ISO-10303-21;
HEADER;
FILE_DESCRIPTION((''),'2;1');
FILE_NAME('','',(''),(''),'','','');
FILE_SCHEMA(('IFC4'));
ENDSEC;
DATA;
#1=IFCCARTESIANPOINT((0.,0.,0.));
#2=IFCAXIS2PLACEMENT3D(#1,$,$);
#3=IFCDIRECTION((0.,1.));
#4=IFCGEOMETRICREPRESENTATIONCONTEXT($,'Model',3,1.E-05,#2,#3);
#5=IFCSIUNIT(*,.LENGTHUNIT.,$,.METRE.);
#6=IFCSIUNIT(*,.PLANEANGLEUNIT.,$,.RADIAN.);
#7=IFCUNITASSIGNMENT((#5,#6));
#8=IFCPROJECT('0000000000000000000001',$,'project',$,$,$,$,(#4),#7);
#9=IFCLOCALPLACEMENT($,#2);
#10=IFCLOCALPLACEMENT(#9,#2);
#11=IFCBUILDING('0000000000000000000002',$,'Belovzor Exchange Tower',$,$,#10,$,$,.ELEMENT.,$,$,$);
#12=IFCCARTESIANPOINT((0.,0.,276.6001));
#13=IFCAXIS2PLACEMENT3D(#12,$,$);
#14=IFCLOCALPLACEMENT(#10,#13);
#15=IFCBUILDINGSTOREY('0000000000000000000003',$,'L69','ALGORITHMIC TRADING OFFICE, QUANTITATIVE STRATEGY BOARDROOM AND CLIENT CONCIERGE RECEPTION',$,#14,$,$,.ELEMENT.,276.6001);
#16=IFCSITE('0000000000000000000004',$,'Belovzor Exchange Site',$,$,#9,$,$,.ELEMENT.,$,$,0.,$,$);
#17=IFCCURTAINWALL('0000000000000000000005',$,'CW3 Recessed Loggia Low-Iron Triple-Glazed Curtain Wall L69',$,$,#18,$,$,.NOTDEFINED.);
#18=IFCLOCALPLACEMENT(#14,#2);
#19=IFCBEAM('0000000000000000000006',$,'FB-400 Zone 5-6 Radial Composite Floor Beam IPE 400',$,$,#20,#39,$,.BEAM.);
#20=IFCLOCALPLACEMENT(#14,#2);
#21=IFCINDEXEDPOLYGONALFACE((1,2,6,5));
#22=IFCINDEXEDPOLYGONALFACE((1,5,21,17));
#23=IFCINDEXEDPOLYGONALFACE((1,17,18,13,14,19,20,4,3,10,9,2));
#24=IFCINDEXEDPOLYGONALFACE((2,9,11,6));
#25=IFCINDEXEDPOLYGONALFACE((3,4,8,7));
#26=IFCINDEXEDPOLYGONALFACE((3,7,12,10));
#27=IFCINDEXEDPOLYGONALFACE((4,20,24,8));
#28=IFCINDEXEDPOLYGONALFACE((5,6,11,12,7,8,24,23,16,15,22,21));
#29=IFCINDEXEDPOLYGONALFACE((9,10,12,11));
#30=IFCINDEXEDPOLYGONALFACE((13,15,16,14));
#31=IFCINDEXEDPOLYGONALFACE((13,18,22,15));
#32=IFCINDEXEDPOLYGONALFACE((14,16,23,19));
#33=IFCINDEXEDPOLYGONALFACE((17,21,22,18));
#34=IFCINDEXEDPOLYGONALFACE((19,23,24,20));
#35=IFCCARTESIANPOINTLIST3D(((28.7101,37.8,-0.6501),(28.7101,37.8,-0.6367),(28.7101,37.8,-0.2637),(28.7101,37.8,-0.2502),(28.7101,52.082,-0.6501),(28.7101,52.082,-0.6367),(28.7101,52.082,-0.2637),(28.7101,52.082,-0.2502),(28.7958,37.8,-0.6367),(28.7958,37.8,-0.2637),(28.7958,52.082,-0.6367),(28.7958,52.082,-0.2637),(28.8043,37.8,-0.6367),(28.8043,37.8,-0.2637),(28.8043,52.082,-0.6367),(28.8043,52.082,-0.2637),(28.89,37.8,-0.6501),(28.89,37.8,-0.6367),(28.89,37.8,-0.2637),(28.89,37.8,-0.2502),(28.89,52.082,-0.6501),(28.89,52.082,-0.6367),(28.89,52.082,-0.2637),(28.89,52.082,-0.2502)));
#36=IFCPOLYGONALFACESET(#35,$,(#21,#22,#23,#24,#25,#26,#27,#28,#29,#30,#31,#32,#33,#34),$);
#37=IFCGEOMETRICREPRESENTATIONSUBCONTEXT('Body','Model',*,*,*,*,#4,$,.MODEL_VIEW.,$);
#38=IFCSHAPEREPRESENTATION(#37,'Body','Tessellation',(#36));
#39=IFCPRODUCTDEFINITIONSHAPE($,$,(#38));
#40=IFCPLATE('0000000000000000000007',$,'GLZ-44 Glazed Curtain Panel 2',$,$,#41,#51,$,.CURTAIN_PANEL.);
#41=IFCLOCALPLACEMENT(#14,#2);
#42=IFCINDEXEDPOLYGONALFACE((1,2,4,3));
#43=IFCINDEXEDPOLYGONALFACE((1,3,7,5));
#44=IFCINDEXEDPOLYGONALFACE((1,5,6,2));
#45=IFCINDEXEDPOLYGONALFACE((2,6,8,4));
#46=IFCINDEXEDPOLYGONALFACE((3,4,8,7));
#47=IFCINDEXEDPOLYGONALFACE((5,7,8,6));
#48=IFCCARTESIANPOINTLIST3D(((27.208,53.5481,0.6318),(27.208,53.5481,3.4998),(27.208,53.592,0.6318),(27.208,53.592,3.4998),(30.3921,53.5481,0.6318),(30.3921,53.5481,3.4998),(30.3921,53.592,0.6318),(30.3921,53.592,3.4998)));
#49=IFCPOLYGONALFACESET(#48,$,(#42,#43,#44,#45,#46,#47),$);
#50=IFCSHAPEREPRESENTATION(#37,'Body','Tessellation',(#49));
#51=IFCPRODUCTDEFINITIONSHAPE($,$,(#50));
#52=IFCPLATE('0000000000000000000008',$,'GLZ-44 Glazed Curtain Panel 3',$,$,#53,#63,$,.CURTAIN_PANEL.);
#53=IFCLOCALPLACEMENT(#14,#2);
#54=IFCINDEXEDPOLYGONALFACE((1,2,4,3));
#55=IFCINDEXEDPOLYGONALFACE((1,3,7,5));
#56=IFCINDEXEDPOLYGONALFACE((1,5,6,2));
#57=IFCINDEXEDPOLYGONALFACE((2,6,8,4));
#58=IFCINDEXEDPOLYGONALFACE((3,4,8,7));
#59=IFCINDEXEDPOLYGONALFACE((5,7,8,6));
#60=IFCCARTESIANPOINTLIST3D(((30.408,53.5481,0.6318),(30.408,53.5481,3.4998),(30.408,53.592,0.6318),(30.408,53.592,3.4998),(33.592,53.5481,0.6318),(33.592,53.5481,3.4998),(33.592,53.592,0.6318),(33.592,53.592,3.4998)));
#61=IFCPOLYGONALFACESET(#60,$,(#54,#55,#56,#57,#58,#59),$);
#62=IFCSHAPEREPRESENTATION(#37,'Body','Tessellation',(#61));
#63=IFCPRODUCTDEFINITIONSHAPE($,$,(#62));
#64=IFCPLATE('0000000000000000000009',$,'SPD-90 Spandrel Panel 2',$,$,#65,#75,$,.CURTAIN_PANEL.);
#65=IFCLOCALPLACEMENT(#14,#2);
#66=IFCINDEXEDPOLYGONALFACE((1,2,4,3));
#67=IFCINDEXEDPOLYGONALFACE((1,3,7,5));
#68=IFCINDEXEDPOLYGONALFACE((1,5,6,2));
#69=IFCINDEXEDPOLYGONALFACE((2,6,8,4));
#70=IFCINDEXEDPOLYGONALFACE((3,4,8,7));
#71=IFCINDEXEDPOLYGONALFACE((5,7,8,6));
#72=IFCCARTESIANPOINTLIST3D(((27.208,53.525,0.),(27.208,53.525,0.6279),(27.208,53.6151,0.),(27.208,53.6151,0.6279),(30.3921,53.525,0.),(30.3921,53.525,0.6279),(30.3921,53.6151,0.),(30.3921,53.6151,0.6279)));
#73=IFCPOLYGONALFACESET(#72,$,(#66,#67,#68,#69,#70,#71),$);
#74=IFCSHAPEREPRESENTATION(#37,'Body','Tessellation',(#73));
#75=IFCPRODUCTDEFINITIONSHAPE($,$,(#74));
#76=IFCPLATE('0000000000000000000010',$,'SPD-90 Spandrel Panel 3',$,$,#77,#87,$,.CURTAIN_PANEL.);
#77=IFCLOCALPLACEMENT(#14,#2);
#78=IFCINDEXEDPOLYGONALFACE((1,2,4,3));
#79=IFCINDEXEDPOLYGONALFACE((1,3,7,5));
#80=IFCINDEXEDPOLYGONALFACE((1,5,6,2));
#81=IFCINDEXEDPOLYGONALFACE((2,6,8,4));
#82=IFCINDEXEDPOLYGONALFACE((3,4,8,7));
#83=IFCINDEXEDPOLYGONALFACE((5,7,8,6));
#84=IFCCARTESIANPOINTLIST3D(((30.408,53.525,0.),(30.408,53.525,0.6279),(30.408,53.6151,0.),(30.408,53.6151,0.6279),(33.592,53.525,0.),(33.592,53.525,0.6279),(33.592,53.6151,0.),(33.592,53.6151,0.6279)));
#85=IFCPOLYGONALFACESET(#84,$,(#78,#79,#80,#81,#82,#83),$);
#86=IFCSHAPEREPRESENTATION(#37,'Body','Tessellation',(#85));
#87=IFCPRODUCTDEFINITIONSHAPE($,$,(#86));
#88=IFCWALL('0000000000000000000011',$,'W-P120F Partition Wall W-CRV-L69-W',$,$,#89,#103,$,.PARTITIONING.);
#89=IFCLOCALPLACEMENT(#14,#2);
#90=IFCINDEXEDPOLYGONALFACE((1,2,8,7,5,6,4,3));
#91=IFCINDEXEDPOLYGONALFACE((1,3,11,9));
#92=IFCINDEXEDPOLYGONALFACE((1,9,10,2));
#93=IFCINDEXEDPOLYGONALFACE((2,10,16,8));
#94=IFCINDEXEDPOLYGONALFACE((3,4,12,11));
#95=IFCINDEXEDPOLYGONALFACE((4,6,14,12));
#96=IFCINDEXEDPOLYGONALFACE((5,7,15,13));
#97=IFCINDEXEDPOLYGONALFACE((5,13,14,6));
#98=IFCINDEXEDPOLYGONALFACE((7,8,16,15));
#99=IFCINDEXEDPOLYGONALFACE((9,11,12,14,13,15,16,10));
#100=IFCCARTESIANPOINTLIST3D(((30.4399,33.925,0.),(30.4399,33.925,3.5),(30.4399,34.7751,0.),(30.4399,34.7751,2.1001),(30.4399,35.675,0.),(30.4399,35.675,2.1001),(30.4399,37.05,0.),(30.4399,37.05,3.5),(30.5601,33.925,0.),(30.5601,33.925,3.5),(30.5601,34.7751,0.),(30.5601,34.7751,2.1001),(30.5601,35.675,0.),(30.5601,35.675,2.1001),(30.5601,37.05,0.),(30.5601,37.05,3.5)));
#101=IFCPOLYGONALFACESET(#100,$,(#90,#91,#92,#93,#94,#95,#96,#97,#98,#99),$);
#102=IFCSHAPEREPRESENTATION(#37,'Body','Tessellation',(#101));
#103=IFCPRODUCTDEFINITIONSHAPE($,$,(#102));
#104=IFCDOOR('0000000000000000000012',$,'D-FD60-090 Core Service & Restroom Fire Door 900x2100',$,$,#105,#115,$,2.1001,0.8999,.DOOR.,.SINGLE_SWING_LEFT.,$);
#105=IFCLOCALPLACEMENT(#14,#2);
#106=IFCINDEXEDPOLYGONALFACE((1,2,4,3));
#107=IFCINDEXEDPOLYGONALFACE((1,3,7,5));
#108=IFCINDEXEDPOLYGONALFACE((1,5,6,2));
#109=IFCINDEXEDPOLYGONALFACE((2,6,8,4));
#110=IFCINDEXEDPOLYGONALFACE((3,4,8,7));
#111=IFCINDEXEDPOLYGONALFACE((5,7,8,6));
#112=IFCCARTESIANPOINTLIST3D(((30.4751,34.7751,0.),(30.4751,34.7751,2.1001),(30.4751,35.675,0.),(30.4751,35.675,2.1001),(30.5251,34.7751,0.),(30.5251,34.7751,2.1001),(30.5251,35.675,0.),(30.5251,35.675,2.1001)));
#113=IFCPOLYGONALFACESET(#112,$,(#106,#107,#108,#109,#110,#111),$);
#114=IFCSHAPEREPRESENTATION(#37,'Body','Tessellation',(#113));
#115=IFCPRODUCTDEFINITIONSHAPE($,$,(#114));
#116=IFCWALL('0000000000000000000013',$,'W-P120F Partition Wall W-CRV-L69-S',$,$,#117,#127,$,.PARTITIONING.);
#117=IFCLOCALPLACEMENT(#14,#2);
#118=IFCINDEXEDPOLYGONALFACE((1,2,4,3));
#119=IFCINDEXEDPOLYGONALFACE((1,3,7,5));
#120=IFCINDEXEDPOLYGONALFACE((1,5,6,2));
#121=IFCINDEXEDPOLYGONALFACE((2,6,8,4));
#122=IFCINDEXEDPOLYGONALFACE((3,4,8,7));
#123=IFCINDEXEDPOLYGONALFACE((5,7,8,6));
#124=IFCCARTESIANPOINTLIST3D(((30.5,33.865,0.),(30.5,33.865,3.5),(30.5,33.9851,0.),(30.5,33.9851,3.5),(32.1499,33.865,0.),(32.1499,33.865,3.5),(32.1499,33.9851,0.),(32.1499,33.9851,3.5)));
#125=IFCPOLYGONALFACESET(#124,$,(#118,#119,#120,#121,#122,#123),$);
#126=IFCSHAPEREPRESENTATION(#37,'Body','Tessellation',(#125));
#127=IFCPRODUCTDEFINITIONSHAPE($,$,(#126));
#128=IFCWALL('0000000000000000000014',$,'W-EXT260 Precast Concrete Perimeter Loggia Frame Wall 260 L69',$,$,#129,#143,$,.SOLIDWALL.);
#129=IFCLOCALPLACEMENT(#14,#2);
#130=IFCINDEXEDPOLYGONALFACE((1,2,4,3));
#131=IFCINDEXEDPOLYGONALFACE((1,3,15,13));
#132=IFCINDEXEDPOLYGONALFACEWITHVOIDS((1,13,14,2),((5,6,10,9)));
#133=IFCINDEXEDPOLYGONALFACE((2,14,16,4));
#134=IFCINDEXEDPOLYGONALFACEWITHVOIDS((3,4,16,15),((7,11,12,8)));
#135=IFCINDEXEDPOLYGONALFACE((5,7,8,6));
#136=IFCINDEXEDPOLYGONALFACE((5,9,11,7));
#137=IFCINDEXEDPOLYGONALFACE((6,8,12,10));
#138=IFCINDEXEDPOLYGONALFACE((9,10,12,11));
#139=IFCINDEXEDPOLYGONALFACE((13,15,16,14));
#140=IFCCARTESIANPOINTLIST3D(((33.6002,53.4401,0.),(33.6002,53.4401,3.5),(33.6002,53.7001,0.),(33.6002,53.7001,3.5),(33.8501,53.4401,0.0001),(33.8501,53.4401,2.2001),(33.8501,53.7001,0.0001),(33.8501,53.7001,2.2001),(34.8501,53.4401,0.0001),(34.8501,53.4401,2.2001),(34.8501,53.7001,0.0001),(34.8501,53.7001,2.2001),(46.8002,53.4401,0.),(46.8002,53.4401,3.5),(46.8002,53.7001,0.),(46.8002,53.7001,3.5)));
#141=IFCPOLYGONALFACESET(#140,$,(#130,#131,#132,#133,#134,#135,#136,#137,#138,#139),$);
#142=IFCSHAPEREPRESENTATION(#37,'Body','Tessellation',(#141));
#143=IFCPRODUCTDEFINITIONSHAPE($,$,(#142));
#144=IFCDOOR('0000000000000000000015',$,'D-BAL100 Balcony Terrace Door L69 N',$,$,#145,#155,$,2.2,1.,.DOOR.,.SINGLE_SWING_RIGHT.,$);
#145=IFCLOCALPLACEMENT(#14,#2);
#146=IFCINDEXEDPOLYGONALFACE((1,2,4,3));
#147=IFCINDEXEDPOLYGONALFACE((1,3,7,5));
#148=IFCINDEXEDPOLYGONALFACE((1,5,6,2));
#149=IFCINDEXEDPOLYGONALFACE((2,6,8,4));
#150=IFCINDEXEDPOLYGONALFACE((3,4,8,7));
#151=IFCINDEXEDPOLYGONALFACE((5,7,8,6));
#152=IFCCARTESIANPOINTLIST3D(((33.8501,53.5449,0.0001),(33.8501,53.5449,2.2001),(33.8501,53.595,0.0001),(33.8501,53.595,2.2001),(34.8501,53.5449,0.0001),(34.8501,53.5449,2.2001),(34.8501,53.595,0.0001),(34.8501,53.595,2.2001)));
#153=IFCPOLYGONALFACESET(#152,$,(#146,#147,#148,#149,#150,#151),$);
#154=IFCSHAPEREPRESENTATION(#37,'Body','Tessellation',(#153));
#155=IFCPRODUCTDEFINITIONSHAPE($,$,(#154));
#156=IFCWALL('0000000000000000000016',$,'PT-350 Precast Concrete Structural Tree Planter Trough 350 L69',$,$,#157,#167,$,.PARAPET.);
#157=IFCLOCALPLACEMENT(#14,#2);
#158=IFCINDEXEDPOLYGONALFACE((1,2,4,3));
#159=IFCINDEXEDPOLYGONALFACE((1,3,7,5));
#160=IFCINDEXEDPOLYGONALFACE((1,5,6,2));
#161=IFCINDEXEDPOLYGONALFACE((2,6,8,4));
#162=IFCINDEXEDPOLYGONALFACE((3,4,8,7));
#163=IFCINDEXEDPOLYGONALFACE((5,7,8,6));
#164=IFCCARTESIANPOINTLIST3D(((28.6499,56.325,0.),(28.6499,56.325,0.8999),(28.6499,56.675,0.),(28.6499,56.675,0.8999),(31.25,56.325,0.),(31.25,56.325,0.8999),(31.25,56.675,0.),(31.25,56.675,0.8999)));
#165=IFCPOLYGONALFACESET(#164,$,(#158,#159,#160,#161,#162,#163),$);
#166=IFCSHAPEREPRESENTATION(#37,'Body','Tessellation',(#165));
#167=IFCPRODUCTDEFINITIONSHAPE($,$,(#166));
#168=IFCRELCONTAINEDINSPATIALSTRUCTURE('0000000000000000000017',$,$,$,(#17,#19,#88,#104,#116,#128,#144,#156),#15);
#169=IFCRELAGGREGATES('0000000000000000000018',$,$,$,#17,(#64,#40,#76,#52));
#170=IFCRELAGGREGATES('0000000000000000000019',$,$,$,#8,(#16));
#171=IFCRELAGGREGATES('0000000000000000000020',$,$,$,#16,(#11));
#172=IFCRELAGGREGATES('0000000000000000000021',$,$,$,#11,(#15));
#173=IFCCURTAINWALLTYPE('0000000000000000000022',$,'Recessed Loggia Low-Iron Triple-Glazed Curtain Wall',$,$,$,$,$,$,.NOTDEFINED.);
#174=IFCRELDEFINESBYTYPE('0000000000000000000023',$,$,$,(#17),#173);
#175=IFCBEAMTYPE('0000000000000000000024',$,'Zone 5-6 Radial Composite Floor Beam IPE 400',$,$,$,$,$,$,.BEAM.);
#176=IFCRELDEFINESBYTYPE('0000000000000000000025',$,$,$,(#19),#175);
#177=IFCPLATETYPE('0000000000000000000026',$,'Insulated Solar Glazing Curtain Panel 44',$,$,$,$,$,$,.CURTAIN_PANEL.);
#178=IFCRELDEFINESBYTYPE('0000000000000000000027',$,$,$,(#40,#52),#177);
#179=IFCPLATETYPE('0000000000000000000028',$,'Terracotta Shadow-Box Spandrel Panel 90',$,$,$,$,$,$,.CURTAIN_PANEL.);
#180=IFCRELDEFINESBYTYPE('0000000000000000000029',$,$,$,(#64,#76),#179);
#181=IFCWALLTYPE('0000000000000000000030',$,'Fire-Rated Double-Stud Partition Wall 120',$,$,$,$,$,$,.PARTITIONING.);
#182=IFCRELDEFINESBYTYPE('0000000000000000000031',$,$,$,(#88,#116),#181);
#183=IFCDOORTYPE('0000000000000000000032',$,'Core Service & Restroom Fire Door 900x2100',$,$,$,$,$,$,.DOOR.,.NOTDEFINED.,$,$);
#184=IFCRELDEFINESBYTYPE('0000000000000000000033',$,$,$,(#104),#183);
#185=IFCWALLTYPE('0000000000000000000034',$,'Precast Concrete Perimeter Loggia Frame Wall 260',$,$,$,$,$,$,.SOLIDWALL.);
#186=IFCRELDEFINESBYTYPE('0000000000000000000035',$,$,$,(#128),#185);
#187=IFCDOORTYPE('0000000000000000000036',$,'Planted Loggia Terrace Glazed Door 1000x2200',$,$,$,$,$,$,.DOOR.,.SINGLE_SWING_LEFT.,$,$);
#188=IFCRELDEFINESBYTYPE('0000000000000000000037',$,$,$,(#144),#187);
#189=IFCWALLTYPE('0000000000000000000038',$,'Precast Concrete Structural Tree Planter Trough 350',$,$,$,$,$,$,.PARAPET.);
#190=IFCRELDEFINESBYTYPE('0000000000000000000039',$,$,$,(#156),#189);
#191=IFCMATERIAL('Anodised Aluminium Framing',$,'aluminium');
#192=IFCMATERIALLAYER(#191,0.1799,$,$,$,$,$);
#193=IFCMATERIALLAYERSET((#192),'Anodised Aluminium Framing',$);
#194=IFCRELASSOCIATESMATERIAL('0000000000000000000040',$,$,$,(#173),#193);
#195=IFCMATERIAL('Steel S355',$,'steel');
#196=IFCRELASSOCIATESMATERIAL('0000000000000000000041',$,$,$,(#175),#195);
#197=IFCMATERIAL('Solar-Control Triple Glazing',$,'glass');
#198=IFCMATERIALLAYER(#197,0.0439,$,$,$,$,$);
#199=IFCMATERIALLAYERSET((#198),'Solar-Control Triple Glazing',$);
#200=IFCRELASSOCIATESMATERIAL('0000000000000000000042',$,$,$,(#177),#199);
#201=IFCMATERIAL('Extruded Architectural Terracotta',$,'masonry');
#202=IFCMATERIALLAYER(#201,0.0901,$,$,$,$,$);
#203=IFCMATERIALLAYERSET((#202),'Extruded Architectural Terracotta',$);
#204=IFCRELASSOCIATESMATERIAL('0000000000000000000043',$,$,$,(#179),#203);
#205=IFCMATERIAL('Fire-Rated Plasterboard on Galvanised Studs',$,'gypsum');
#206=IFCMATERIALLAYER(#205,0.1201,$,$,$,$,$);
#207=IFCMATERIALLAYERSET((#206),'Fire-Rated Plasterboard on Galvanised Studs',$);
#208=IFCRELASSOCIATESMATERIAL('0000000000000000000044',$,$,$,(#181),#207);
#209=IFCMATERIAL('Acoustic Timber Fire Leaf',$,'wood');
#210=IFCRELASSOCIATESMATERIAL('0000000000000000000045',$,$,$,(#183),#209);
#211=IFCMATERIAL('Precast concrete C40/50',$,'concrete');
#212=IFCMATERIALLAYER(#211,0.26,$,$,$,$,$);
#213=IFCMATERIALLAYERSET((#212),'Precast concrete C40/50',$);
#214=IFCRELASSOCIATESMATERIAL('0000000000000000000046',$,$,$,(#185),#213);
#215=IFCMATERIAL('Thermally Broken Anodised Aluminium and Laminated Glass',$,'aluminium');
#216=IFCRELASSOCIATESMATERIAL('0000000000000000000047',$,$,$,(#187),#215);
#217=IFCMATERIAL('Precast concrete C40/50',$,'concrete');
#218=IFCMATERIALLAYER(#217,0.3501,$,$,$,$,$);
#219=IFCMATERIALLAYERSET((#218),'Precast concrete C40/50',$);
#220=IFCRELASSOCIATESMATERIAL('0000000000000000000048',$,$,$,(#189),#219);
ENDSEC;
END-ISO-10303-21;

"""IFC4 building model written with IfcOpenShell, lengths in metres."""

from ifc_helpers import new_model, si_unit, direction, frame, frame_2d, origin, origin_2d, place, context, subcontext, project, spatial, rectangle, i_section, extrude, material, layer, layer_set, material_profile, profile_set, type_object, element, fill, aggregate, save


model = new_model("IFC4")

# Units and contexts
model_context = context("Model", 3, precision=1e-05, world=origin(), true_north=direction((0.0, 1.0)))
body_context = subcontext(model_context, "Body", "Model", "MODEL_VIEW")
ifc_project = project(units=[si_unit("LENGTHUNIT", "METRE"), si_unit("PLANEANGLEUNIT", "RADIAN")], contexts=[model_context])

# Site, building, storey
site_placement = place(None, origin())
site = spatial("IfcSite", under=ifc_project, at=site_placement, Name="Belovzor Exchange Site", CompositionType="ELEMENT", RefElevation=0.0)
building_placement = place(site_placement, origin())
building = spatial("IfcBuilding", under=site, at=building_placement, Name="Belovzor Exchange Tower", CompositionType="ELEMENT")
storey_placement = place(building_placement, frame((0.0, 0.0, 276.6001)))
storey = spatial("IfcBuildingStorey", under=building, at=storey_placement, Name="L69", Description="ALGORITHMIC TRADING OFFICE, QUANTITATIVE STRATEGY BOARDROOM AND CLIENT CONCIERGE RECEPTION", CompositionType="ELEMENT", Elevation=276.6001)

# Curtain wall
ifc_material_1 = material(Name="Anodised Aluminium Framing", Category="aluminium")
ifc_layer_1 = layer(ifc_material_1, 0.1799)
ifc_layer_set_1 = layer_set([ifc_layer_1], Name="Anodised Aluminium Framing")
curtain_wall_type = type_object("IfcCurtainWallType", Name="Recessed Loggia Low-Iron Triple-Glazed Curtain Wall", PredefinedType="NOTDEFINED", material=ifc_layer_set_1)
curtain_wall_placement = place(storey_placement, origin())
curtain_wall = element("IfcCurtainWall", 1, at=curtain_wall_placement, inside=storey, type_object=curtain_wall_type, Name="CW3 Recessed Loggia Low-Iron Triple-Glazed Curtain Wall L69", PredefinedType="NOTDEFINED")

# Beam
ifc_material_2 = material(Name="Steel S355", Category="steel")
ifc_material_profile_1 = material_profile(ifc_material_2, i_section(OverallWidth=0.1799, OverallDepth=0.3999, WebThickness=0.0085, FlangeThickness=0.0134, at=origin_2d()))
ifc_profile_set_1 = profile_set([ifc_material_profile_1], Name="Steel S355")
beam_type_1 = type_object("IfcBeamType", Name="Zone 5-6 Radial Composite Floor Beam IPE 400", PredefinedType="BEAM", material=ifc_profile_set_1)
beam_1_placement = place(storey_placement, frame((28.8, 37.8, -0.4502), z_axis=(0.0, 1.0, 0.0), x_axis=(-1.0, 0.0, 0.0)))
element("IfcBeam", 2, at=beam_1_placement, inside=storey, type_object=beam_type_1, Name="FB-400 Zone 5-6 Radial Composite Floor Beam IPE 400", PredefinedType="BEAM", context=body_context, shape_type="SweptSolid", body=[
    extrude(i_section(OverallWidth=0.1799, OverallDepth=0.3999, WebThickness=0.0085, FlangeThickness=0.0134, at=origin_2d()), origin(), (0.0, 0.0, 1.0), 14.282),
])

# Plates
ifc_material_3 = material(Name="Solar-Control Triple Glazing", Category="glass")
ifc_layer_2 = layer(ifc_material_3, 0.0439)
ifc_layer_set_2 = layer_set([ifc_layer_2], Name="Solar-Control Triple Glazing")
plate_type_1 = type_object("IfcPlateType", Name="Insulated Solar Glazing Curtain Panel 44", PredefinedType="CURTAIN_PANEL", material=ifc_layer_set_2)
plate_1_placement = place(storey_placement, frame((28.8, 53.5701, 0.6318), z_axis=(0.0, 0.0, 1.0), x_axis=(1.0, 0.0, 0.0)))
plate_1 = element("IfcPlate", 3, at=plate_1_placement, type_object=plate_type_1, Name="GLZ-44 Glazed Curtain Panel 2", PredefinedType="CURTAIN_PANEL", context=body_context, shape_type="SweptSolid", body=[
    extrude(rectangle(XDim=3.1841, YDim=0.0439, at=origin_2d()), origin(), (0.0, 0.0, 1.0), 2.8679),
])
plate_2_placement = place(storey_placement, frame((32.0, 53.5701, 0.6318), z_axis=(0.0, 0.0, 1.0), x_axis=(1.0, 0.0, 0.0)))
plate_2 = element("IfcPlate", 4, at=plate_2_placement, type_object=plate_type_1, Name="GLZ-44 Glazed Curtain Panel 3", PredefinedType="CURTAIN_PANEL", context=body_context, shape_type="SweptSolid", body=[
    extrude(rectangle(XDim=3.1841, YDim=0.0439, at=origin_2d()), origin(), (0.0, 0.0, 1.0), 2.8679),
])
ifc_material_4 = material(Name="Extruded Architectural Terracotta", Category="masonry")
ifc_layer_3 = layer(ifc_material_4, 0.0901)
ifc_layer_set_3 = layer_set([ifc_layer_3], Name="Extruded Architectural Terracotta")
plate_type_2 = type_object("IfcPlateType", Name="Terracotta Shadow-Box Spandrel Panel 90", PredefinedType="CURTAIN_PANEL", material=ifc_layer_set_3)
plate_3_placement = place(storey_placement, frame((28.8, 53.5701, 0.0), z_axis=(0.0, 0.0, 1.0), x_axis=(1.0, 0.0, 0.0)))
plate_3 = element("IfcPlate", 5, at=plate_3_placement, type_object=plate_type_2, Name="SPD-90 Spandrel Panel 2", PredefinedType="CURTAIN_PANEL", context=body_context, shape_type="SweptSolid", body=[
    extrude(rectangle(XDim=3.1841, YDim=0.0901, at=origin_2d()), origin(), (0.0, 0.0, 1.0), 0.6279),
])
plate_4_placement = place(storey_placement, frame((32.0, 53.5701, 0.0), z_axis=(0.0, 0.0, 1.0), x_axis=(1.0, 0.0, 0.0)))
plate_4 = element("IfcPlate", 6, at=plate_4_placement, type_object=plate_type_2, Name="SPD-90 Spandrel Panel 3", PredefinedType="CURTAIN_PANEL", context=body_context, shape_type="SweptSolid", body=[
    extrude(rectangle(XDim=3.1841, YDim=0.0901, at=origin_2d()), origin(), (0.0, 0.0, 1.0), 0.6279),
])
aggregate(curtain_wall, [plate_3, plate_1, plate_4, plate_2])

# Wall, opening, door
ifc_material_5 = material(Name="Fire-Rated Plasterboard on Galvanised Studs", Category="gypsum")
ifc_layer_4 = layer(ifc_material_5, 0.1201)
ifc_layer_set_4 = layer_set([ifc_layer_4], Name="Fire-Rated Plasterboard on Galvanised Studs")
wall_type_1 = type_object("IfcWallType", Name="Fire-Rated Double-Stud Partition Wall 120", PredefinedType="PARTITIONING", material=ifc_layer_set_4)
wall_1_placement = place(storey_placement, frame((30.5, 33.925, 0.0), z_axis=(0.0, 0.0, 1.0), x_axis=(0.0, 1.0, 0.0)))
wall_1 = element("IfcWall", 7, at=wall_1_placement, inside=storey, type_object=wall_type_1, Name="W-P120F Partition Wall W-CRV-L69-W", PredefinedType="PARTITIONING", context=body_context, shape_type="SweptSolid", body=[
    extrude(rectangle(XDim=3.125, YDim=0.1201, at=frame_2d((1.5625, 0.0))), origin(), (0.0, 0.0, 1.0), 3.5),
])
opening_1_placement = place(wall_1_placement, frame((0.8501, 0.0, 0.0)))
opening_1 = element("IfcOpeningElement", 8, at=opening_1_placement, cuts=wall_1, PredefinedType="OPENING", context=body_context, shape_type="SweptSolid", body=[
    extrude(rectangle(XDim=0.8999, YDim=2.1001, at=frame_2d((0.45, 1.05))), frame((0.0, 0.0701, 0.0), z_axis=(0.0, -1.0, 0.0), x_axis=(1.0, 0.0, 0.0)), (0.0, 0.0, 1.0), 0.1401),
])
ifc_material_6 = material(Name="Acoustic Timber Fire Leaf", Category="wood")
door_type_1 = type_object("IfcDoorType", Name="Core Service & Restroom Fire Door 900x2100", OperationType="NOTDEFINED", PredefinedType="DOOR", material=ifc_material_6)
door_1_placement = place(opening_1_placement, origin())
door_1 = element("IfcDoor", 9, at=door_1_placement, inside=storey, type_object=door_type_1, Name="D-FD60-090 Core Service & Restroom Fire Door 900x2100", OperationType="SINGLE_SWING_LEFT", OverallHeight=2.1001, OverallWidth=0.8999, PredefinedType="DOOR", context=body_context, shape_type="SweptSolid", body=[
    extrude(rectangle(XDim=0.8999, YDim=2.1001, at=frame_2d((0.45, 1.05))), frame((0.0, 0.0249, 0.0), z_axis=(0.0, -1.0, 0.0), x_axis=(1.0, 0.0, 0.0)), (0.0, 0.0, 1.0), 0.05),
])
fill(opening_1, door_1)

# Wall
wall_2_placement = place(storey_placement, frame((30.5, 33.925, 0.0), z_axis=(0.0, 0.0, 1.0), x_axis=(1.0, 0.0, 0.0)))
element("IfcWall", 10, at=wall_2_placement, inside=storey, type_object=wall_type_1, Name="W-P120F Partition Wall W-CRV-L69-S", PredefinedType="PARTITIONING", context=body_context, shape_type="SweptSolid", body=[
    extrude(rectangle(XDim=1.6499, YDim=0.1201, at=frame_2d((0.825, 0.0))), origin(), (0.0, 0.0, 1.0), 3.5),
])

# Wall, opening, door
ifc_material_7 = material(Name="Precast concrete C40/50", Category="concrete")
ifc_layer_5 = layer(ifc_material_7, 0.26)
ifc_layer_set_5 = layer_set([ifc_layer_5], Name="Precast concrete C40/50")
wall_type_2 = type_object("IfcWallType", Name="Precast Concrete Perimeter Loggia Frame Wall 260", PredefinedType="SOLIDWALL", material=ifc_layer_set_5)
wall_3_placement = place(storey_placement, frame((33.6001, 53.5701, 0.0), z_axis=(0.0, 0.0, 1.0), x_axis=(1.0, 0.0, 0.0)))
wall_3 = element("IfcWall", 11, at=wall_3_placement, inside=storey, type_object=wall_type_2, Name="W-EXT260 Precast Concrete Perimeter Loggia Frame Wall 260 L69", PredefinedType="SOLIDWALL", context=body_context, shape_type="SweptSolid", body=[
    extrude(rectangle(XDim=13.2, YDim=0.26, at=frame_2d((6.6001, 0.0))), origin(), (0.0, 0.0, 1.0), 3.5),
])
opening_2_placement = place(wall_3_placement, frame((0.25, 0.0, 0.0)))
opening_2 = element("IfcOpeningElement", 12, at=opening_2_placement, cuts=wall_3, PredefinedType="OPENING", context=body_context, shape_type="SweptSolid", body=[
    extrude(rectangle(XDim=1.0, YDim=2.2, at=frame_2d((0.5, 1.1001))), frame((0.0, 0.1399, 0.0), z_axis=(0.0, -1.0, 0.0), x_axis=(1.0, 0.0, 0.0)), (0.0, 0.0, 1.0), 0.28),
])
ifc_material_8 = material(Name="Thermally Broken Anodised Aluminium and Laminated Glass", Category="aluminium")
door_type_2 = type_object("IfcDoorType", Name="Planted Loggia Terrace Glazed Door 1000x2200", OperationType="SINGLE_SWING_LEFT", PredefinedType="DOOR", material=ifc_material_8)
door_2_placement = place(opening_2_placement, origin())
door_2 = element("IfcDoor", 13, at=door_2_placement, inside=storey, type_object=door_type_2, Name="D-BAL100 Balcony Terrace Door L69 N", OperationType="SINGLE_SWING_RIGHT", OverallHeight=2.2, OverallWidth=1.0, PredefinedType="DOOR", context=body_context, shape_type="SweptSolid", body=[
    extrude(rectangle(XDim=1.0, YDim=2.2, at=frame_2d((0.5, 1.1001))), frame((0.0, 0.0249, 0.0), z_axis=(0.0, -1.0, 0.0), x_axis=(1.0, 0.0, 0.0)), (0.0, 0.0, 1.0), 0.05),
])
fill(opening_2, door_2)

# Wall
ifc_material_9 = material(Name="Precast concrete C40/50", Category="concrete")
ifc_layer_6 = layer(ifc_material_9, 0.3501)
ifc_layer_set_6 = layer_set([ifc_layer_6], Name="Precast concrete C40/50")
wall_type_3 = type_object("IfcWallType", Name="Precast Concrete Structural Tree Planter Trough 350", PredefinedType="PARAPET", material=ifc_layer_set_6)
wall_4_placement = place(storey_placement, frame((28.6499, 56.5, 0.0), z_axis=(0.0, 0.0, 1.0), x_axis=(1.0, 0.0, 0.0)))
element("IfcWall", 14, at=wall_4_placement, inside=storey, type_object=wall_type_3, Name="PT-350 Precast Concrete Structural Tree Planter Trough 350 L69", PredefinedType="PARAPET", context=body_context, shape_type="SweptSolid", body=[
    extrude(rectangle(XDim=2.6001, YDim=0.3501, at=frame_2d((1.3, 0.0))), origin(), (0.0, 0.0, 1.0), 0.8999),
])

save(model, "model.ifc")
